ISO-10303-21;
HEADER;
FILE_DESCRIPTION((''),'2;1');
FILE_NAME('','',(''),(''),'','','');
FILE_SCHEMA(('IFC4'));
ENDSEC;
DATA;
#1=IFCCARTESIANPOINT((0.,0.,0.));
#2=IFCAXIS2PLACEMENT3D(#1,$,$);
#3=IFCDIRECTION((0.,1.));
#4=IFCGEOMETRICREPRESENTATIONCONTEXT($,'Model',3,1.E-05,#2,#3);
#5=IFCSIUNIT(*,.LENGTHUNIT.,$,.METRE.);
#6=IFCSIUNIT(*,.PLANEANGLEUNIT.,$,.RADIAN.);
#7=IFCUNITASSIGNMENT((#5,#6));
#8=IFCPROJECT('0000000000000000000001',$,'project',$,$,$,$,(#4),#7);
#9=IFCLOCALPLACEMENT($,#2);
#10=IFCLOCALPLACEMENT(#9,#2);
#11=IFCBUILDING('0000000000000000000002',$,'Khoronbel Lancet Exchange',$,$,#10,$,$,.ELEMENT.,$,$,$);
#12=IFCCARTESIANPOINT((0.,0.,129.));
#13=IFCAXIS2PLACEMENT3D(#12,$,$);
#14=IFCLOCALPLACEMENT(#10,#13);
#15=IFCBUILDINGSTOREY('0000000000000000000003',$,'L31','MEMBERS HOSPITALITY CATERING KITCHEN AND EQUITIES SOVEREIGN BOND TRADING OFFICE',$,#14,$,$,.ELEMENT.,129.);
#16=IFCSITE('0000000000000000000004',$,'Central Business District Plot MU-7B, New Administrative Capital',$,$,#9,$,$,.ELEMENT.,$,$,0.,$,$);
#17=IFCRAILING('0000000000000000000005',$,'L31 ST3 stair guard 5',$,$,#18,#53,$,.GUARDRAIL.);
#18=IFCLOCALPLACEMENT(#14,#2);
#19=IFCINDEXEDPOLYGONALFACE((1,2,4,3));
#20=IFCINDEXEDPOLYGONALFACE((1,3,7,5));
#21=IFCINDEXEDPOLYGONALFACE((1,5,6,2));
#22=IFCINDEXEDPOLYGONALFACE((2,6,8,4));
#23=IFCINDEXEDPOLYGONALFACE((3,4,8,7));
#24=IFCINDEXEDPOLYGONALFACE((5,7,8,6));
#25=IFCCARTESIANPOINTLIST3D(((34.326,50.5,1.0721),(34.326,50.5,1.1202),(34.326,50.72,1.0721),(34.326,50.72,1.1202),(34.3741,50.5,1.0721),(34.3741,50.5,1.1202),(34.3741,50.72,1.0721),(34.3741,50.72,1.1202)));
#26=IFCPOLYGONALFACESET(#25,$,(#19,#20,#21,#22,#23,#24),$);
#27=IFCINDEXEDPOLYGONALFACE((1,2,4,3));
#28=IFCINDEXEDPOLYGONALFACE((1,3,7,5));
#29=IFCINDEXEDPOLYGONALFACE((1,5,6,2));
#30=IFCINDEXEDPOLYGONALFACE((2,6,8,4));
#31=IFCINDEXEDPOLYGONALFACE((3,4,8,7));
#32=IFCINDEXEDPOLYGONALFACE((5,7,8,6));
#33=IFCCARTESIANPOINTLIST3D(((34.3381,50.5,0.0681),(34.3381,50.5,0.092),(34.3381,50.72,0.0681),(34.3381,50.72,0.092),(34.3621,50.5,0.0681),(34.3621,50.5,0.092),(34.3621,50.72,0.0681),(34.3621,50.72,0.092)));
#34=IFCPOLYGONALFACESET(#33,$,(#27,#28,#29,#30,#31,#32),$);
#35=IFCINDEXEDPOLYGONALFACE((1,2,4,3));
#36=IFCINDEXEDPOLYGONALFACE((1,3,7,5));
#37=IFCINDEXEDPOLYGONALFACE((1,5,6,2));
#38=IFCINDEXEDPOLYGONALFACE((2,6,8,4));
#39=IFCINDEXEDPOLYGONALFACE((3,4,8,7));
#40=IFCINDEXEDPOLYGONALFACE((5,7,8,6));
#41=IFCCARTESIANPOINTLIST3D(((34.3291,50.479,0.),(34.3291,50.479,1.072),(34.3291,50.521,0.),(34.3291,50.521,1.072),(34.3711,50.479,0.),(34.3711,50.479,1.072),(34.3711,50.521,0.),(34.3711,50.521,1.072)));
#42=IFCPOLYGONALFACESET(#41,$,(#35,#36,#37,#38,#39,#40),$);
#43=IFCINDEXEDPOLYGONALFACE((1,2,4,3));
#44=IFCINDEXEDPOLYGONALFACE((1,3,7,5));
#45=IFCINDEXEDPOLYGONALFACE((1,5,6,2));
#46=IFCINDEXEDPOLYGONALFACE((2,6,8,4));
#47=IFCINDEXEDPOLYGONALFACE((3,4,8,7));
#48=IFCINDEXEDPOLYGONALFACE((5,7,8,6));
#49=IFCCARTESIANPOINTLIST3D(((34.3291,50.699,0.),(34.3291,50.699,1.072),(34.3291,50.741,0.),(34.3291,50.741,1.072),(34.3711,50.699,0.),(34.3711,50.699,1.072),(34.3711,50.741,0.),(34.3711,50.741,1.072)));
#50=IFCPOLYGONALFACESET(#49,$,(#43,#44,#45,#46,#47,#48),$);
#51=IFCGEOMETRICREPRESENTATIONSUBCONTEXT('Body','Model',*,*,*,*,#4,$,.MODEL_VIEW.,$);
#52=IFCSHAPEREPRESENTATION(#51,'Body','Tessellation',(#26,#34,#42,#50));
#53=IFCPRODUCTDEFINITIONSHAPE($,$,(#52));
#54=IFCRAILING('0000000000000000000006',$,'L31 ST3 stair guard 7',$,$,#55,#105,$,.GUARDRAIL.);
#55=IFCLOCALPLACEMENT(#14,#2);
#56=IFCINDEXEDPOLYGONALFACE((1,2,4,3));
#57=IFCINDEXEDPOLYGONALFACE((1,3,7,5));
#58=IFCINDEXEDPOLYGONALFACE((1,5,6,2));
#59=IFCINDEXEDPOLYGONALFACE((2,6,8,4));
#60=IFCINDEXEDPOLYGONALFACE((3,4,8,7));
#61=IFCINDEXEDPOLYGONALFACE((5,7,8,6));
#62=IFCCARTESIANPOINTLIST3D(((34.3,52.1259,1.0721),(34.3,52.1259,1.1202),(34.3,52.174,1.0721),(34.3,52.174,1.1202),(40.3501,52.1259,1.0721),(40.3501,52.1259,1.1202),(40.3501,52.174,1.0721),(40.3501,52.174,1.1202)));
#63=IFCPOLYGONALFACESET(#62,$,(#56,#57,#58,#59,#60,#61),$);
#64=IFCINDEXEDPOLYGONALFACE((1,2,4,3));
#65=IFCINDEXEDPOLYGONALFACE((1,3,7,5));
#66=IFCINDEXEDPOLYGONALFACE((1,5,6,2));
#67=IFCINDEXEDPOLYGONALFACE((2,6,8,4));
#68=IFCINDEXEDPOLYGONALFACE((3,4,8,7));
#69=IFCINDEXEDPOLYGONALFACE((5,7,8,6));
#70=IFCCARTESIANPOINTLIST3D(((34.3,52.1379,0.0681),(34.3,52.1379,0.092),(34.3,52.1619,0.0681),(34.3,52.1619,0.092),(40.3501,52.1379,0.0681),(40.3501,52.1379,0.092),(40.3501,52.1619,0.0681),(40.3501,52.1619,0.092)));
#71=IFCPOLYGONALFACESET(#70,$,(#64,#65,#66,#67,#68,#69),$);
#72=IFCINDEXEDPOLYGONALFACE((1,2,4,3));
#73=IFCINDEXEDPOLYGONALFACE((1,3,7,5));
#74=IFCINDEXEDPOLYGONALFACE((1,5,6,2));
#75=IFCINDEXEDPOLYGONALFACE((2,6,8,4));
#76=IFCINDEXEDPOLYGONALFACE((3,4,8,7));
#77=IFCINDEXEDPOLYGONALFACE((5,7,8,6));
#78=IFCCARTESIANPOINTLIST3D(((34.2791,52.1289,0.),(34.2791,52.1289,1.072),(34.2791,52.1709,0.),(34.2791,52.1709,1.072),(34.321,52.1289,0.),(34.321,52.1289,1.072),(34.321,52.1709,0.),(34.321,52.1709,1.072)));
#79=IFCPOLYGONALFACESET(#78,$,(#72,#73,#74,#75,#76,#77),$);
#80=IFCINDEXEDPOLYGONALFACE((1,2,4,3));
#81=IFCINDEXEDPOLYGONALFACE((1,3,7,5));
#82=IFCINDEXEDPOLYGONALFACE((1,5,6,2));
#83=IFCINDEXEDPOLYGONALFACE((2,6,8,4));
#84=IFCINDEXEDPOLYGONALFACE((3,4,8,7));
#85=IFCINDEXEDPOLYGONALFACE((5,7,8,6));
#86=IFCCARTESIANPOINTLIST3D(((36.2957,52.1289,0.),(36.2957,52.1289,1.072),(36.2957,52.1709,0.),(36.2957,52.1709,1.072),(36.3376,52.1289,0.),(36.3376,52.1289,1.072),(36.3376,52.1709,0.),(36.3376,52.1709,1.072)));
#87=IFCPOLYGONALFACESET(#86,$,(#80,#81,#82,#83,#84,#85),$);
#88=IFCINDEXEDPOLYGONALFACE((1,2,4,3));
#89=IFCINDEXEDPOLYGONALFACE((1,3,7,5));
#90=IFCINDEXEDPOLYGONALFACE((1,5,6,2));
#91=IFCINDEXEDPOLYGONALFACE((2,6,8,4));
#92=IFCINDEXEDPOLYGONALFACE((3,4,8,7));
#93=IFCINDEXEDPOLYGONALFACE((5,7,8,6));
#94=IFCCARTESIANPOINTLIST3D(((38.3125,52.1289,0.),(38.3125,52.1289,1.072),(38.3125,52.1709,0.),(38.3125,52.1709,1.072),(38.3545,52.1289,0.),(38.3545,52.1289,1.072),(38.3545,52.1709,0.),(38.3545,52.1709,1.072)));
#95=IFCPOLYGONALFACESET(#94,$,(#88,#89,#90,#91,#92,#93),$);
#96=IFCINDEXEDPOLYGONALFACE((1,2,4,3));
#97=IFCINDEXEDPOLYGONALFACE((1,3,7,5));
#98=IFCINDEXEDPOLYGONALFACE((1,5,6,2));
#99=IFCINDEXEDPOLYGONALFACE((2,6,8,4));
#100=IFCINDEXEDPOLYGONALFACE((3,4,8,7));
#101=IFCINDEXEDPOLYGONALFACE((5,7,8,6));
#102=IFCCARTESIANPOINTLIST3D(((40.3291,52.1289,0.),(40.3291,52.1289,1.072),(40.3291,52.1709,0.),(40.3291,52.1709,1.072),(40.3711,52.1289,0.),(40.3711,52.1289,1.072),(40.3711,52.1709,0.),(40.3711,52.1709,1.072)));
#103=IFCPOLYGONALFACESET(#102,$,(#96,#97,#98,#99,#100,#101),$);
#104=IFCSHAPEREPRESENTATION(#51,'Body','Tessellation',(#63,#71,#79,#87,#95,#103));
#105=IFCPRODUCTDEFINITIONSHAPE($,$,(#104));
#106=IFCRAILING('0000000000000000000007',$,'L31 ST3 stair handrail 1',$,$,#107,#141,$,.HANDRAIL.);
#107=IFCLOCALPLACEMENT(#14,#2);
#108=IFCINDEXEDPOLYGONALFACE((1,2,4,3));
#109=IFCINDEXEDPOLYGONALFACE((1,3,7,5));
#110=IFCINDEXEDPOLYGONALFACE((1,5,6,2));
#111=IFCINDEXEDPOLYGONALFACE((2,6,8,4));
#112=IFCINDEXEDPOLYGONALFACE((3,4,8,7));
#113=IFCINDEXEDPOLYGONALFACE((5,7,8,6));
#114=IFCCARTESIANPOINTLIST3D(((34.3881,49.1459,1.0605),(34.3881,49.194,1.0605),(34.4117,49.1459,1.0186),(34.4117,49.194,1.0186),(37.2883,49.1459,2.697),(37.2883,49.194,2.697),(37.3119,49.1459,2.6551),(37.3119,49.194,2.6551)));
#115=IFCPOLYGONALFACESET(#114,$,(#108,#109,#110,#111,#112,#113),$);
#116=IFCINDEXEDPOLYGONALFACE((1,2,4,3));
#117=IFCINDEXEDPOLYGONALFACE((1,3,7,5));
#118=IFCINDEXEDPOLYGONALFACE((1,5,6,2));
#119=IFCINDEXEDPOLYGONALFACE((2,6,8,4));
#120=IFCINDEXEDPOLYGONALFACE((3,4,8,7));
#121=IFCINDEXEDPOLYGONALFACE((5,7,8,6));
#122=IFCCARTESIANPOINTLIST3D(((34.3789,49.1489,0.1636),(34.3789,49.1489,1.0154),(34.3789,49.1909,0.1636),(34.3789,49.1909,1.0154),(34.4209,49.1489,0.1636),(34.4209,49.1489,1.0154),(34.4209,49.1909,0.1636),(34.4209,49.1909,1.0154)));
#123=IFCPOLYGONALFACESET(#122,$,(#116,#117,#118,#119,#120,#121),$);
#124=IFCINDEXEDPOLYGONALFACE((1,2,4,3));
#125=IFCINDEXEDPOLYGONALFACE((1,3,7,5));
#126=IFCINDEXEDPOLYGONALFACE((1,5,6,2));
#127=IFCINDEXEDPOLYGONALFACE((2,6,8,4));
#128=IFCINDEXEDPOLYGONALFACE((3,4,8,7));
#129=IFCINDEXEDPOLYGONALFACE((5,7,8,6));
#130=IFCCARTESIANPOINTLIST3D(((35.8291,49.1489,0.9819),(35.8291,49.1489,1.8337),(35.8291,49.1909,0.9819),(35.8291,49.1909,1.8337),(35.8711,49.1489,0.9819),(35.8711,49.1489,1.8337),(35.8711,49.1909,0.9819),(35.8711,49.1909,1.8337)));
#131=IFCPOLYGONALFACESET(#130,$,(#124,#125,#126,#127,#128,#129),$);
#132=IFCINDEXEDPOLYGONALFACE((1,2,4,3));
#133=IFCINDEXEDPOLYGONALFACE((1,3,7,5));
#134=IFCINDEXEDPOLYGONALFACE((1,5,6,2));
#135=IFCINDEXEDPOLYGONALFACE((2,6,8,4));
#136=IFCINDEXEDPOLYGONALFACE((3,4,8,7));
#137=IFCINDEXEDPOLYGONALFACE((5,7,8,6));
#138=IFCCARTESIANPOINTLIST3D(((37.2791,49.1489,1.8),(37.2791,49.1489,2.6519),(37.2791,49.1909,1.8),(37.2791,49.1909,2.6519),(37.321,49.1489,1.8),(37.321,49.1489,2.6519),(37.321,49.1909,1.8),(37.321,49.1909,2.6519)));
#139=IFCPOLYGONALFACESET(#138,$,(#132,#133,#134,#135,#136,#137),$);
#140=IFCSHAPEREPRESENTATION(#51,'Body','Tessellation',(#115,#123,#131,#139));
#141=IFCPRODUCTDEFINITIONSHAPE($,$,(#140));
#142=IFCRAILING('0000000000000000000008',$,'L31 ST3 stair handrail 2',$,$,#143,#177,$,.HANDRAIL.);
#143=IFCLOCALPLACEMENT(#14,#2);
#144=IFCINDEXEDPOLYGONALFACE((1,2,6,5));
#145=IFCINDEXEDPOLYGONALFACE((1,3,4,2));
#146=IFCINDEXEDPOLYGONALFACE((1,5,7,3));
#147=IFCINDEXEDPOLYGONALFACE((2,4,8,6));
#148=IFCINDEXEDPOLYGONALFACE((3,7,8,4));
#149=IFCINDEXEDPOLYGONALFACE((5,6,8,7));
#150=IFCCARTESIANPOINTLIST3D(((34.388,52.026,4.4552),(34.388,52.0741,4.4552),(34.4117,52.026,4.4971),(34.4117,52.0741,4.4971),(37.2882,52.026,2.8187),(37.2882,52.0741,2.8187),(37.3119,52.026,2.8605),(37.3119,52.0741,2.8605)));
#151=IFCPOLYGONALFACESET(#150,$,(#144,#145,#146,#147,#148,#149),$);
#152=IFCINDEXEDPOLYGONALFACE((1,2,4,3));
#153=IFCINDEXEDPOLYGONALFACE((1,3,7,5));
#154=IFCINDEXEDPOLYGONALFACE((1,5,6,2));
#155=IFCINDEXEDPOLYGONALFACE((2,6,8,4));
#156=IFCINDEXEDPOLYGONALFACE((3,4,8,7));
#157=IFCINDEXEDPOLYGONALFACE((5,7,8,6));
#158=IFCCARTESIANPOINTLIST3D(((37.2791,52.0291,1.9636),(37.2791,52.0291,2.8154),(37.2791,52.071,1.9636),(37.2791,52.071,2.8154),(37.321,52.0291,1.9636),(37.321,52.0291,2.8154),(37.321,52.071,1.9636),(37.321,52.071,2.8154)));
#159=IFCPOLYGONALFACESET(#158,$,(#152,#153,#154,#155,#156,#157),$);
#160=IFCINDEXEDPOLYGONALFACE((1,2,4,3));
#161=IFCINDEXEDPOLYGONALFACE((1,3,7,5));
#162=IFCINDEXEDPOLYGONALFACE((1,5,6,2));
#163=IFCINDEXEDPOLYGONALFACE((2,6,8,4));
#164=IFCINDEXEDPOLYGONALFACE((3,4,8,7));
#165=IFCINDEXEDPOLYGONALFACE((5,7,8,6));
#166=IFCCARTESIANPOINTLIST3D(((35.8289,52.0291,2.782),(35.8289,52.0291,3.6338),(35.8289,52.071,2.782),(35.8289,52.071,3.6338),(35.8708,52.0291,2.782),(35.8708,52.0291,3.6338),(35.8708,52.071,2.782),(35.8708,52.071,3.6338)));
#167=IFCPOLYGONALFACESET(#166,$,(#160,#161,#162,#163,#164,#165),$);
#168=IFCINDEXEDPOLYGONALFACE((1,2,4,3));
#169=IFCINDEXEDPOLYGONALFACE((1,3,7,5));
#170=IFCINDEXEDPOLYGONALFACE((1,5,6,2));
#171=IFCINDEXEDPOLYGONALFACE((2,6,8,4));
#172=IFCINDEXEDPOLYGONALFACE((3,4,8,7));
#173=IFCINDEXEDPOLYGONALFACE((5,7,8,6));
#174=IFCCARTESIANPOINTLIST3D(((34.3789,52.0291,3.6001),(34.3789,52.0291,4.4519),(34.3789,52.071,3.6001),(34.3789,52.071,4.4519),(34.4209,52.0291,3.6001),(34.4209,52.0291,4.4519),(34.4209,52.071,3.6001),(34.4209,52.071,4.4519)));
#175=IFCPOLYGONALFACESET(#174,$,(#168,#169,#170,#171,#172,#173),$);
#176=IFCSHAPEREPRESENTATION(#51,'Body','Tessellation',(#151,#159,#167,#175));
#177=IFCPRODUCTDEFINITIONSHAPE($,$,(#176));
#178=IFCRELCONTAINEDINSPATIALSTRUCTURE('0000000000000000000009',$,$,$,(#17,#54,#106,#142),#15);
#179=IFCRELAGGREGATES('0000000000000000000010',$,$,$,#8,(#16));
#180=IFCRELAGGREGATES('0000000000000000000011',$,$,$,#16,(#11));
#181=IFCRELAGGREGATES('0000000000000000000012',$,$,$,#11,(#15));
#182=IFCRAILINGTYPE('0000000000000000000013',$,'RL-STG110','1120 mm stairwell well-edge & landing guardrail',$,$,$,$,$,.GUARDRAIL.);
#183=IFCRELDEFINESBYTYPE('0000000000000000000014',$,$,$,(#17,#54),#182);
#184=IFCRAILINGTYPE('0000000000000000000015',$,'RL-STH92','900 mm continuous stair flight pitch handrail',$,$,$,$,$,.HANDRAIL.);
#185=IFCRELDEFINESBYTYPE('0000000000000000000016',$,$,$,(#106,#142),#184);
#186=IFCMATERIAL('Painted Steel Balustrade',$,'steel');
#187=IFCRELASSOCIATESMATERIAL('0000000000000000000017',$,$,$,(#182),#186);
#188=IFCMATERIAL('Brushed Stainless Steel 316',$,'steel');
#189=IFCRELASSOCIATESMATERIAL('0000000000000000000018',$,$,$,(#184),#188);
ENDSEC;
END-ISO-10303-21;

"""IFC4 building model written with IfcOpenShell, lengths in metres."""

from ifc_helpers import new_model, si_unit, direction, frame, origin, origin_2d, place, context, subcontext, project, spatial, rectangle, extrude, material, type_object, element, save


model = new_model("IFC4")

# Units and contexts
model_context = context("Model", 3, precision=1e-05, world=origin(), true_north=direction((0.0, 1.0)))
body_context = subcontext(model_context, "Body", "Model", "MODEL_VIEW")
ifc_project = project(units=[si_unit("LENGTHUNIT", "METRE"), si_unit("PLANEANGLEUNIT", "RADIAN")], contexts=[model_context])

# Site, building, storey
site_placement = place(None, origin())
site = spatial("IfcSite", under=ifc_project, at=site_placement, Name="Central Business District Plot MU-7B, New Administrative Capital", CompositionType="ELEMENT", RefElevation=0.0)
building_placement = place(site_placement, origin())
building = spatial("IfcBuilding", under=site, at=building_placement, Name="Khoronbel Lancet Exchange", CompositionType="ELEMENT")
storey_placement = place(building_placement, frame((0.0, 0.0, 129.0)))
storey = spatial("IfcBuildingStorey", under=building, at=storey_placement, Name="L31", Description="MEMBERS HOSPITALITY CATERING KITCHEN AND EQUITIES SOVEREIGN BOND TRADING OFFICE", CompositionType="ELEMENT", Elevation=129.0)

# Railings
ifc_material_1 = material(Name="Painted Steel Balustrade", Category="steel")
railing_type_1 = type_object("IfcRailingType", Name="RL-STG110", Description="1120 mm stairwell well-edge & landing guardrail", PredefinedType="GUARDRAIL", material=ifc_material_1)
railing_1_placement = place(storey_placement, frame((34.3501, 50.5, 0.0)))
element("IfcRailing", 1, at=railing_1_placement, inside=storey, type_object=railing_type_1, Name="L31 ST3 stair guard 5", PredefinedType="GUARDRAIL", context=body_context, shape_type="SweptSolid", body=[
    extrude(rectangle(XDim=0.0481, YDim=0.0481, at=origin_2d()), frame((0.0, 0.0, 1.0962), z_axis=(0.0, 1.0, 0.0), x_axis=(-1.0, 0.0, 0.0)), (0.0, 0.0, 1.0), 0.22),
    extrude(rectangle(XDim=0.0239, YDim=0.0239, at=origin_2d()), frame((0.0, 0.0, 0.0801), z_axis=(0.0, 1.0, 0.0), x_axis=(-1.0, 0.0, 0.0)), (0.0, 0.0, 1.0), 0.22),
    extrude(rectangle(XDim=0.042, YDim=0.042, at=origin_2d()), origin(), (0.0, 0.0, 1.0), 1.072),
    extrude(rectangle(XDim=0.042, YDim=0.042, at=origin_2d()), frame((0.0, 0.22, 0.0)), (0.0, 0.0, 1.0), 1.072),
])
railing_2_placement = place(storey_placement, frame((34.3, 52.1499, 0.0)))
element("IfcRailing", 2, at=railing_2_placement, inside=storey, type_object=railing_type_1, Name="L31 ST3 stair guard 7", PredefinedType="GUARDRAIL", context=body_context, shape_type="SweptSolid", body=[
    extrude(rectangle(XDim=0.0481, YDim=0.0481, at=origin_2d()), frame((0.0, 0.0, 1.0962), z_axis=(1.0, 0.0, 0.0), x_axis=(0.0, 1.0, 0.0)), (0.0, 0.0, 1.0), 6.05),
    extrude(rectangle(XDim=0.0239, YDim=0.0239, at=origin_2d()), frame((0.0, 0.0, 0.0801), z_axis=(1.0, 0.0, 0.0), x_axis=(0.0, 1.0, 0.0)), (0.0, 0.0, 1.0), 6.05),
    extrude(rectangle(XDim=0.042, YDim=0.042, at=origin_2d()), origin(), (0.0, 0.0, 1.0), 1.072),
    extrude(rectangle(XDim=0.042, YDim=0.042, at=origin_2d()), frame((2.0166, 0.0, 0.0)), (0.0, 0.0, 1.0), 1.072),
    extrude(rectangle(XDim=0.042, YDim=0.042, at=origin_2d()), frame((4.0334, 0.0, 0.0)), (0.0, 0.0, 1.0), 1.072),
    extrude(rectangle(XDim=0.042, YDim=0.042, at=origin_2d()), frame((6.05, 0.0, 0.0)), (0.0, 0.0, 1.0), 1.072),
])
ifc_material_2 = material(Name="Brushed Stainless Steel 316", Category="steel")
railing_type_2 = type_object("IfcRailingType", Name="RL-STH92", Description="900 mm continuous stair flight pitch handrail", PredefinedType="HANDRAIL", material=ifc_material_2)
railing_3_placement = place(storey_placement, frame((34.3999, 49.1699, 0.1636)))
element("IfcRailing", 3, at=railing_3_placement, inside=storey, type_object=railing_type_2, Name="L31 ST3 stair handrail 1", PredefinedType="HANDRAIL", context=body_context, shape_type="SweptSolid", body=[
    extrude(rectangle(XDim=0.0481, YDim=0.0481, at=origin_2d()), frame((0.0, 0.0, 0.876), z_axis=(0.870915, 0.0, 0.491434), x_axis=(0.0, 1.0, 0.0)), (0.0, 0.0, 1.0), 3.3301),
    extrude(rectangle(XDim=0.042, YDim=0.042, at=origin_2d()), origin(), (0.0, 0.0, 1.0), 0.8518),
    extrude(rectangle(XDim=0.042, YDim=0.042, at=origin_2d()), frame((1.4502, 0.0, 0.8184)), (0.0, 0.0, 1.0), 0.8518),
    extrude(rectangle(XDim=0.042, YDim=0.042, at=origin_2d()), frame((2.9001, 0.0, 1.6365)), (0.0, 0.0, 1.0), 0.8518),
])
railing_4_placement = place(storey_placement, frame((37.3, 52.05, 1.9636)))
element("IfcRailing", 4, at=railing_4_placement, inside=storey, type_object=railing_type_2, Name="L31 ST3 stair handrail 2", PredefinedType="HANDRAIL", context=body_context, shape_type="SweptSolid", body=[
    extrude(rectangle(XDim=0.0481, YDim=0.0481, at=origin_2d()), frame((0.0, 0.0, 0.876), z_axis=(-0.870915, 0.0, 0.491434), x_axis=(0.0, -1.0, 0.0)), (0.0, 0.0, 1.0), 3.3301),
    extrude(rectangle(XDim=0.042, YDim=0.042, at=origin_2d()), origin(), (0.0, 0.0, 1.0), 0.8518),
    extrude(rectangle(XDim=0.042, YDim=0.042, at=origin_2d()), frame((-1.4502, 0.0, 0.8184)), (0.0, 0.0, 1.0), 0.8518),
    extrude(rectangle(XDim=0.042, YDim=0.042, at=origin_2d()), frame((-2.9001, 0.0, 1.6365)), (0.0, 0.0, 1.0), 0.8518),
])

save(model, "model.ifc")
